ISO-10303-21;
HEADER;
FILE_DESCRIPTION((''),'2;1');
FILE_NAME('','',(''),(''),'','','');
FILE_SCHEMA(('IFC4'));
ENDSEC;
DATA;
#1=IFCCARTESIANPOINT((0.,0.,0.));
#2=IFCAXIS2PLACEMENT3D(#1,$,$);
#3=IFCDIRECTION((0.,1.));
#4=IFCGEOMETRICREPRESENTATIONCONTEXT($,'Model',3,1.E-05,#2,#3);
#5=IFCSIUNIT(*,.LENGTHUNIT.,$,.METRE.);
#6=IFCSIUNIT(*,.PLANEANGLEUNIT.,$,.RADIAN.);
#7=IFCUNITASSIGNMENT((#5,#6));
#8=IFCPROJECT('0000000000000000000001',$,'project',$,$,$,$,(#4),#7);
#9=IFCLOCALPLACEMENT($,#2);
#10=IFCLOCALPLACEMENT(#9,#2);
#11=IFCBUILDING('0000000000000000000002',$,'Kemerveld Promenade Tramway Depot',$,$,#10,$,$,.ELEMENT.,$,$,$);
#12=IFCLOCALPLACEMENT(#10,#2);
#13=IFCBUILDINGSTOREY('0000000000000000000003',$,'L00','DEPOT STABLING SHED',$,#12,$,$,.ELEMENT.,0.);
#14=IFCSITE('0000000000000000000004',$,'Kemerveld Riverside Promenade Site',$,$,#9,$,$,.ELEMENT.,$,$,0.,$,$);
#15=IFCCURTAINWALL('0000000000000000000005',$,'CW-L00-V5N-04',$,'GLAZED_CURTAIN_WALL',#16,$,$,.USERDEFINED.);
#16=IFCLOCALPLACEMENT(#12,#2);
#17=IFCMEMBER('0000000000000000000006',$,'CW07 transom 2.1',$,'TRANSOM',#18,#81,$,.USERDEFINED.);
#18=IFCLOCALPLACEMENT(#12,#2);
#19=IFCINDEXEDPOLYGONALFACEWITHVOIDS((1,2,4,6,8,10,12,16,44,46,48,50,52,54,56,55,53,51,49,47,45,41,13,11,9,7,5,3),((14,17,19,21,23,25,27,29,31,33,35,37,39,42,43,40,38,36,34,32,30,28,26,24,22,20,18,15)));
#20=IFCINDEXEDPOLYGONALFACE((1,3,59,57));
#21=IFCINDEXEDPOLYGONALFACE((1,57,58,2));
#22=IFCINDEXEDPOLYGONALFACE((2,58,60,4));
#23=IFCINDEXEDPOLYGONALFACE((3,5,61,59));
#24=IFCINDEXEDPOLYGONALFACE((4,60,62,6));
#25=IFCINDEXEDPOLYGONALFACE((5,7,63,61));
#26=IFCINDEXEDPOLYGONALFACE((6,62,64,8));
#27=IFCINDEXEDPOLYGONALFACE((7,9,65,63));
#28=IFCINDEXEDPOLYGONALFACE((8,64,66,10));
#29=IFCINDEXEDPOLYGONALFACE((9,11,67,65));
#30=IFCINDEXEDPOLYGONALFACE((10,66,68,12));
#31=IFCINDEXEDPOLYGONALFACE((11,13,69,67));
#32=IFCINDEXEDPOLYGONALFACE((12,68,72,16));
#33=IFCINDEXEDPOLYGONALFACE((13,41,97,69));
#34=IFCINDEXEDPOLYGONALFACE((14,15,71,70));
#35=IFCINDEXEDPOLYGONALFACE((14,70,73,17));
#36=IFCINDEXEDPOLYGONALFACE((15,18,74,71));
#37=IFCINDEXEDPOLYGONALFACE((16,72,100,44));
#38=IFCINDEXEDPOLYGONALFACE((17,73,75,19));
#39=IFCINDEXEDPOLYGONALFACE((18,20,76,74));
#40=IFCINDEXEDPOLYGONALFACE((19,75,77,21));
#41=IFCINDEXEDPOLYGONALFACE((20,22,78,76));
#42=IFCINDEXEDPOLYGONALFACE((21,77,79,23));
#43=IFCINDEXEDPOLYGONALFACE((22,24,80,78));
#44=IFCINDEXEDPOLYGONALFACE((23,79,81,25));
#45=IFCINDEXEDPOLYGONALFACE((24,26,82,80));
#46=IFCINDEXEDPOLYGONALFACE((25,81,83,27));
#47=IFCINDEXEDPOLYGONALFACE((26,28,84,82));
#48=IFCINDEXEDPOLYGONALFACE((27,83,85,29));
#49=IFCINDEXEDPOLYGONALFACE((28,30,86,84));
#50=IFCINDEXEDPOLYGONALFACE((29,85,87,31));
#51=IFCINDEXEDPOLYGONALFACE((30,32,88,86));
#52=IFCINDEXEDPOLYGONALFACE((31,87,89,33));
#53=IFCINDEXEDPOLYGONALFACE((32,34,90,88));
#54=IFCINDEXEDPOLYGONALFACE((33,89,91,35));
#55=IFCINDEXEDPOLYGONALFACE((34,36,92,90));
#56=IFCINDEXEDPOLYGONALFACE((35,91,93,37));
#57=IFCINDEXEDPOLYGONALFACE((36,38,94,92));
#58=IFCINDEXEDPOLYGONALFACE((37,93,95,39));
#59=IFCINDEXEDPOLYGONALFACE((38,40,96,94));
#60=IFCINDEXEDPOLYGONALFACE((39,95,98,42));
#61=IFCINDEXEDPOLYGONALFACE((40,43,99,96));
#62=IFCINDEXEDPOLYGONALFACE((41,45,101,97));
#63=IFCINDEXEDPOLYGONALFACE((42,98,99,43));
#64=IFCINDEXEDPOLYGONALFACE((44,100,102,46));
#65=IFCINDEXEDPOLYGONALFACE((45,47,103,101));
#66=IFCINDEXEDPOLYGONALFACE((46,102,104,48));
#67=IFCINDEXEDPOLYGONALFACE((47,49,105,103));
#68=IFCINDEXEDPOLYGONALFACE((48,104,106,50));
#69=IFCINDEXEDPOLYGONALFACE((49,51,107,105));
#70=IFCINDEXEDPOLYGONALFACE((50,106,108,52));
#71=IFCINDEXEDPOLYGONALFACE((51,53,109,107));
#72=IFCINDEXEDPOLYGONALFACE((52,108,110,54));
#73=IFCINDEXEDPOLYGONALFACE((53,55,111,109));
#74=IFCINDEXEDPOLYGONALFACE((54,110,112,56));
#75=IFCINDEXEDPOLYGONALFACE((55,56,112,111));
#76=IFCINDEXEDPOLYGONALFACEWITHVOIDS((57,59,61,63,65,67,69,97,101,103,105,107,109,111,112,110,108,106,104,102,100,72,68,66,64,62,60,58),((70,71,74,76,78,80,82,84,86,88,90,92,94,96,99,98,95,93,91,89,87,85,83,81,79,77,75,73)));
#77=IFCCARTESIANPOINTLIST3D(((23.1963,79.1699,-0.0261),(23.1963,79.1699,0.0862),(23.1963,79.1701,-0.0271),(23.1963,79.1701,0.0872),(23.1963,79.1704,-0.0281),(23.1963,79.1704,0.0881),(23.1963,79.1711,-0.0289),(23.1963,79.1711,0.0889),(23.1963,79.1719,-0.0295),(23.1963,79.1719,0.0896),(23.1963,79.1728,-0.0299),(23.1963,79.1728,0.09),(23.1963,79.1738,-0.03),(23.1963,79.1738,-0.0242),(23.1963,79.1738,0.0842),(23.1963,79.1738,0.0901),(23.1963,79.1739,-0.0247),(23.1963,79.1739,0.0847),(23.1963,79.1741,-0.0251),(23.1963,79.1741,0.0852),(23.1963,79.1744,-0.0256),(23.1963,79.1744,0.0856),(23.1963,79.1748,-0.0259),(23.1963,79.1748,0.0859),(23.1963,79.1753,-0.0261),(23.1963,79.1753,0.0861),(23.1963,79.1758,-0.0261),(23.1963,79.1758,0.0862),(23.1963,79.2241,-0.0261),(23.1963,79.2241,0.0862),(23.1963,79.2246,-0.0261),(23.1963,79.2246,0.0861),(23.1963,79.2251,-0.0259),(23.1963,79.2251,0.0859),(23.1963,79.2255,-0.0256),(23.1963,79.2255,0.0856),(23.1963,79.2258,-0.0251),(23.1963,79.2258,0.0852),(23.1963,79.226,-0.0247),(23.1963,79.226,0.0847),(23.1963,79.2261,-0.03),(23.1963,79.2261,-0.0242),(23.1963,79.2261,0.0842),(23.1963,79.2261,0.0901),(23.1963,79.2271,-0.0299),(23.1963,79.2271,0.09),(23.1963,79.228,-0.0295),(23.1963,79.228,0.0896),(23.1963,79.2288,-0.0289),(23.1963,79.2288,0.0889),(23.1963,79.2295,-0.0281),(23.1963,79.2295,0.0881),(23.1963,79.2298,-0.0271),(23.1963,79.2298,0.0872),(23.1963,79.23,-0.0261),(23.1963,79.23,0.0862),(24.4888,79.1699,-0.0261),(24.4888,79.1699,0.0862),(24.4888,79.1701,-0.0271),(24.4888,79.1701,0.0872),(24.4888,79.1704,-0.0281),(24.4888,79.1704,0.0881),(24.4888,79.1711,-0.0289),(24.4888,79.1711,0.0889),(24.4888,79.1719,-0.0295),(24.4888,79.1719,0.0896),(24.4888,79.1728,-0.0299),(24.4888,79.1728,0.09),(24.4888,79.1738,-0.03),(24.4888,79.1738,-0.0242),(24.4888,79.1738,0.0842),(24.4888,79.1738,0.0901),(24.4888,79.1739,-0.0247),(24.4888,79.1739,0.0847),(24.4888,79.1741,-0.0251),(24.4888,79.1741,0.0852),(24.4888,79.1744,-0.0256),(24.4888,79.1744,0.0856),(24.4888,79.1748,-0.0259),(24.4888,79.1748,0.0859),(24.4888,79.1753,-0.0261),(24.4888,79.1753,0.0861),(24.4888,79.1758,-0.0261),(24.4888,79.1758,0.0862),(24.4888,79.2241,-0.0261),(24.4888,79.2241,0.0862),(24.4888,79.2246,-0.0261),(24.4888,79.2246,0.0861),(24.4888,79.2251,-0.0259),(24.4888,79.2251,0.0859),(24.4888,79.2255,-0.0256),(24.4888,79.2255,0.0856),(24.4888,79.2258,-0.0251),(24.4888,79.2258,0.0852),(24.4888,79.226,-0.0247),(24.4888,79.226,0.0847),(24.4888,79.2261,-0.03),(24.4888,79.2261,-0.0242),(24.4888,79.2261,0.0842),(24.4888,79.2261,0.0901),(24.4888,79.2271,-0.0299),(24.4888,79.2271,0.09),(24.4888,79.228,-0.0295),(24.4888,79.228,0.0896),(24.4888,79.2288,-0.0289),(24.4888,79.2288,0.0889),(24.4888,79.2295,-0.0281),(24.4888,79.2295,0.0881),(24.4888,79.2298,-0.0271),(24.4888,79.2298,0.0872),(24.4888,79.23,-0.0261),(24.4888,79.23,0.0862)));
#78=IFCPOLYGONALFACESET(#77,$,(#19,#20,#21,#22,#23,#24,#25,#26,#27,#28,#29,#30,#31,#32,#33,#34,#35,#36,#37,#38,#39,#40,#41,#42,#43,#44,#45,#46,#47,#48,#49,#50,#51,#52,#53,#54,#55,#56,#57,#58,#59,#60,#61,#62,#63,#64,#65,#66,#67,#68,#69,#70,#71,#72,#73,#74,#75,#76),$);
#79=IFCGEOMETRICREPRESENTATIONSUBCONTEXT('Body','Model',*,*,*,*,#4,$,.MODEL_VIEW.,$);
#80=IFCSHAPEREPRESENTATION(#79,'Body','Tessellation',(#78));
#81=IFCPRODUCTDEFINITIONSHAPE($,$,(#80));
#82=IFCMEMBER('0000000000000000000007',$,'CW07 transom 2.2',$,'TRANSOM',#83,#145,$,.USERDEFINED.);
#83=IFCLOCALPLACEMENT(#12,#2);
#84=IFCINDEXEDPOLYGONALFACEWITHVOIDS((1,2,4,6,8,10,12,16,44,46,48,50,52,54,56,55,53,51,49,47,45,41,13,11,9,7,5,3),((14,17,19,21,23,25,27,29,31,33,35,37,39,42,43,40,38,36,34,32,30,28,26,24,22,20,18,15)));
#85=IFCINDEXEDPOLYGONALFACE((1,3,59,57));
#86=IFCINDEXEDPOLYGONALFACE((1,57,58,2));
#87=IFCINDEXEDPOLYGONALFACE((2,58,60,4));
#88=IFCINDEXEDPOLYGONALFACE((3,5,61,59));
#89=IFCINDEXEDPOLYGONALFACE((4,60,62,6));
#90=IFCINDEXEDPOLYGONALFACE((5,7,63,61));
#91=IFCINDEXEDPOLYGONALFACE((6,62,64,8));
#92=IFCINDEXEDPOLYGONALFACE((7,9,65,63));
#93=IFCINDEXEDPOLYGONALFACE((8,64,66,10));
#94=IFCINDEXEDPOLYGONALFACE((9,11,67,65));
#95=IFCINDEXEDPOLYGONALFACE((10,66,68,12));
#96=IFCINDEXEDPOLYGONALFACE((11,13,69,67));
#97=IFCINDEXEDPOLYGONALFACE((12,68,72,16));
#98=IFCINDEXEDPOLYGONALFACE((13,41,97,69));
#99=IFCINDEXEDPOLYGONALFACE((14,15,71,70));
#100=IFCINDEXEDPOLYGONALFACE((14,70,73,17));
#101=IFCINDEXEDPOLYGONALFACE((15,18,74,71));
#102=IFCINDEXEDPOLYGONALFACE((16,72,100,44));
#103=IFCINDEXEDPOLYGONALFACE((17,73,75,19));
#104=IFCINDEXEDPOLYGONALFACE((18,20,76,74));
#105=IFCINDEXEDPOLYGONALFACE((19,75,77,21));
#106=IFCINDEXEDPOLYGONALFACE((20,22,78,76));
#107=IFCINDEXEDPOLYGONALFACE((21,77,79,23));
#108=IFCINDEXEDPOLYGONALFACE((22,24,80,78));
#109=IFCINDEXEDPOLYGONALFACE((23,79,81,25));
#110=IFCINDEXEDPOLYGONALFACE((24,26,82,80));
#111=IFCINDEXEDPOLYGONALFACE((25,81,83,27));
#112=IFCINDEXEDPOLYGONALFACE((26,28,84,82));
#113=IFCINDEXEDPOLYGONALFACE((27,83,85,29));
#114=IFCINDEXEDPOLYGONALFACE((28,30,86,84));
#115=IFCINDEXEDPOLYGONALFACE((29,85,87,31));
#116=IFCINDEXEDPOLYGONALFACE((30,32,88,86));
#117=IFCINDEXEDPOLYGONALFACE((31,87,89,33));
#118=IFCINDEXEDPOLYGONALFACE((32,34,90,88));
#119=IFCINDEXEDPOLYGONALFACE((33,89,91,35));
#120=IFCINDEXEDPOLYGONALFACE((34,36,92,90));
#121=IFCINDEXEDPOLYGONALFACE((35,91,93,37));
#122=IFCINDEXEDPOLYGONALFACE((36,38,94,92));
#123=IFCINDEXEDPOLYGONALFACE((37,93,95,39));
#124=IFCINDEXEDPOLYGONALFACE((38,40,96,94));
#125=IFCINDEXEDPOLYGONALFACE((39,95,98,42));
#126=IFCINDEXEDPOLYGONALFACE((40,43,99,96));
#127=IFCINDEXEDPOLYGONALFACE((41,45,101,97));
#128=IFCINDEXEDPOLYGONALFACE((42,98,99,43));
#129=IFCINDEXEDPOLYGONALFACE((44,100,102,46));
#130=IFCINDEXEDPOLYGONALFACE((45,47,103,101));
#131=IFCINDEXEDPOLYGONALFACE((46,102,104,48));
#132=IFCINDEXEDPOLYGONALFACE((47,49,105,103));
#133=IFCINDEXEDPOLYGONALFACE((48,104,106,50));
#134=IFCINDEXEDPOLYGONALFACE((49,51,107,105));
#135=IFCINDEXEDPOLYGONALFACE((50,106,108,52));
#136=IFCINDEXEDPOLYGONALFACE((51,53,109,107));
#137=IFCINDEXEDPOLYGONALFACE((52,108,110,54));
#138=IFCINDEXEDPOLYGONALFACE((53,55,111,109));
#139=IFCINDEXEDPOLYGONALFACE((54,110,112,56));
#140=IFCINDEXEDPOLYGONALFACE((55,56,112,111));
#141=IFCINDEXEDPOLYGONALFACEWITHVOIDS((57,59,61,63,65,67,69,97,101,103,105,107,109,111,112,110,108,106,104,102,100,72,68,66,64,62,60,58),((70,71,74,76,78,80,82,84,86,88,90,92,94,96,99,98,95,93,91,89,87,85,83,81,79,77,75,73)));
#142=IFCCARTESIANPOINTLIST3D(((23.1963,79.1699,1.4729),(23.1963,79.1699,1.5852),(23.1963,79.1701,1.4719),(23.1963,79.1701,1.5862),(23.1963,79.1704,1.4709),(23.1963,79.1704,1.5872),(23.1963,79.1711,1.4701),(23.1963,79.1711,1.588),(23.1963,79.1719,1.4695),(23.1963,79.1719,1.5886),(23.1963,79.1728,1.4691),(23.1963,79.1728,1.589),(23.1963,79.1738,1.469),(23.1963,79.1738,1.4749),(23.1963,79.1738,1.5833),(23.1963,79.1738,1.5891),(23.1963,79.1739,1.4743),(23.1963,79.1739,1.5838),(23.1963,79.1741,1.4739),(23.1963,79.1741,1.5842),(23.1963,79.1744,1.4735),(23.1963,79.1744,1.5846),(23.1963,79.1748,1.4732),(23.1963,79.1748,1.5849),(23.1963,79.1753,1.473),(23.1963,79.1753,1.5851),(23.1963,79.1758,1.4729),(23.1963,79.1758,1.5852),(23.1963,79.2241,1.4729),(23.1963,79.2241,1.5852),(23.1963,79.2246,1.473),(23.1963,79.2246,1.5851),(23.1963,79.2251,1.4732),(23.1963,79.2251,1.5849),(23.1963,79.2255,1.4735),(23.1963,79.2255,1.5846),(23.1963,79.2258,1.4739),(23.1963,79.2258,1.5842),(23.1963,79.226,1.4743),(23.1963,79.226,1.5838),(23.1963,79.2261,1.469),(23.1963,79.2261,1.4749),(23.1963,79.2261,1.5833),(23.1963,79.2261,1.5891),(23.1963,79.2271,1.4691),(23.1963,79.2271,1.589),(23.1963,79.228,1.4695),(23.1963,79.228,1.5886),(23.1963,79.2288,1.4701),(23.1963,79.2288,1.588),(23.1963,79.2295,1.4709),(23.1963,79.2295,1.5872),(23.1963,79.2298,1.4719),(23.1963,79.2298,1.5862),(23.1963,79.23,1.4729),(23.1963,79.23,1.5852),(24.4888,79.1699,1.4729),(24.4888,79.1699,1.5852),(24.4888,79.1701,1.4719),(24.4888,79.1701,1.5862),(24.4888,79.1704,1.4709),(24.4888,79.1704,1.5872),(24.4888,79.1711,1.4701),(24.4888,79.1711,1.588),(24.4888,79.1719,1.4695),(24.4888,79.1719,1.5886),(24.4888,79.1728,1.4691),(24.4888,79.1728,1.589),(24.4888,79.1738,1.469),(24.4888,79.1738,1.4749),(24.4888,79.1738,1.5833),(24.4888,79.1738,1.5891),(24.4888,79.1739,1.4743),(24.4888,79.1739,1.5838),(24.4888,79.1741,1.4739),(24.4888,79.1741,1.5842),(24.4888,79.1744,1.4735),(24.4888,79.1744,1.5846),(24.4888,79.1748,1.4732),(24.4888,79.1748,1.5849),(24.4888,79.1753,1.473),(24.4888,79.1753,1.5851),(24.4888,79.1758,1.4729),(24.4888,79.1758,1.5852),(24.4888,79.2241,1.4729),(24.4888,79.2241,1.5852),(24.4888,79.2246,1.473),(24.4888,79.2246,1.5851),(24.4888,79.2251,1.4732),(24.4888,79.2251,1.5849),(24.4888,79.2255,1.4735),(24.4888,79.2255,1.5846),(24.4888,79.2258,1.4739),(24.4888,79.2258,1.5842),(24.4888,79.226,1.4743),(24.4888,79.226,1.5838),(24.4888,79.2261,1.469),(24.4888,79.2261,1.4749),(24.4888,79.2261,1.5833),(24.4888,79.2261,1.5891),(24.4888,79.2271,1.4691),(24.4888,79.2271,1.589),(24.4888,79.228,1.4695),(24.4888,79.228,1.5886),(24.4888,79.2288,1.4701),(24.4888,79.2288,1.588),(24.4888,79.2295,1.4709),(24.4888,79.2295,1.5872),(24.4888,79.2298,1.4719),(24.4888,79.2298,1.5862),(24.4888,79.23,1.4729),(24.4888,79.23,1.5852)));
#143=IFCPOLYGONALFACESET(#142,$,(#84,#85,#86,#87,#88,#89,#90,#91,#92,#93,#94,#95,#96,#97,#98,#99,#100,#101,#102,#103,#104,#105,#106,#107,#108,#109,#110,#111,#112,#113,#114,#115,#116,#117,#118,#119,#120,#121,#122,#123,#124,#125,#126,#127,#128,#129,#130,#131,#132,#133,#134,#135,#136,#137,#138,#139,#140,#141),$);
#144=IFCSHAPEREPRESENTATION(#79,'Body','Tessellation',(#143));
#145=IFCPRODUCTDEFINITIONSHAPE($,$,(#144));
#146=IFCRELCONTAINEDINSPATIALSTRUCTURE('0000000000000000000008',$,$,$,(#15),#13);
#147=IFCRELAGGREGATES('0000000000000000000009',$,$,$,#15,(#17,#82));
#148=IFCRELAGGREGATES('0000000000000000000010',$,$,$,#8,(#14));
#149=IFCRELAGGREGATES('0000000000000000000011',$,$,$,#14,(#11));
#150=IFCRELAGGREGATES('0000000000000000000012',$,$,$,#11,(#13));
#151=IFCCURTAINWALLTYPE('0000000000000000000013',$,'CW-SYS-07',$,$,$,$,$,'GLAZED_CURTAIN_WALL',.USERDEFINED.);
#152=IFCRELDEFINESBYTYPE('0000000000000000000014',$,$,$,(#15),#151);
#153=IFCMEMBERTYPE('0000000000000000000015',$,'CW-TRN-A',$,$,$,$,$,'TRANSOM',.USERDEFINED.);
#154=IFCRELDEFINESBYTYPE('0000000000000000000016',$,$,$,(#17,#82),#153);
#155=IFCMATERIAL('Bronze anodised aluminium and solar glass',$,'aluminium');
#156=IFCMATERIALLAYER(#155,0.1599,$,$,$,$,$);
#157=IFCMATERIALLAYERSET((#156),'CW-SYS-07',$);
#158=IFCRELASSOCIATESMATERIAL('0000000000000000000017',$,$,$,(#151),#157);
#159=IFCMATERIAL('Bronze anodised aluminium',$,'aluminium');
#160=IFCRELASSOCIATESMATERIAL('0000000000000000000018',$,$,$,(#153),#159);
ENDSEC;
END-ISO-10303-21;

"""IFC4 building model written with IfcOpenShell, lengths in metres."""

from ifc_helpers import new_model, si_unit, direction, frame, origin, origin_2d, place, context, subcontext, project, spatial, hollow_rectangle, extrude, material, layer, layer_set, material_profile, profile_set, type_object, element, aggregate, save


model = new_model("IFC4")

# Units and contexts
model_context = context("Model", 3, precision=1e-05, world=origin(), true_north=direction((0.0, 1.0)))
body_context = subcontext(model_context, "Body", "Model", "MODEL_VIEW")
ifc_project = project(units=[si_unit("LENGTHUNIT", "METRE"), si_unit("PLANEANGLEUNIT", "RADIAN")], contexts=[model_context])

# Site, building, storey
site_placement = place(None, origin())
site = spatial("IfcSite", under=ifc_project, at=site_placement, Name="Kemerveld Riverside Promenade Site", CompositionType="ELEMENT", RefElevation=0.0)
building_placement = place(site_placement, origin())
building = spatial("IfcBuilding", under=site, at=building_placement, Name="Kemerveld Promenade Tramway Depot", CompositionType="ELEMENT")
storey_placement = place(building_placement, origin())
storey = spatial("IfcBuildingStorey", under=building, at=storey_placement, Name="L00", Description="DEPOT STABLING SHED", CompositionType="ELEMENT", Elevation=0.0)

# Curtain wall, members
ifc_material_1 = material(Name="Bronze anodised aluminium and solar glass", Category="aluminium")
ifc_layer_1 = layer(ifc_material_1, 0.1599)
ifc_layer_set_1 = layer_set([ifc_layer_1], Name="CW-SYS-07")
curtain_wall_type = type_object("IfcCurtainWallType", Name="CW-SYS-07", ElementType="GLAZED_CURTAIN_WALL", PredefinedType="USERDEFINED", material=ifc_layer_set_1)
curtain_wall_placement = place(storey_placement, origin())
curtain_wall = element("IfcCurtainWall", 1, at=curtain_wall_placement, inside=storey, type_object=curtain_wall_type, Name="CW-L00-V5N-04", ObjectType="GLAZED_CURTAIN_WALL", PredefinedType="USERDEFINED")
ifc_material_2 = material(Name="Bronze anodised aluminium", Category="aluminium")
ifc_material_profile_1 = material_profile(ifc_material_2, hollow_rectangle(XDim=0.0601, YDim=0.1201, WallThickness=0.0039, InnerFilletRadius=0.002, OuterFilletRadius=0.0039, at=origin_2d()), Name="CW-TRN-120x60")
ifc_profile_set_1 = profile_set([ifc_material_profile_1], Name="Bronze anodised aluminium")
member_type_1 = type_object("IfcMemberType", Name="CW-TRN-A", ElementType="TRANSOM", PredefinedType="USERDEFINED", material=ifc_profile_set_1)
member_1_placement = place(storey_placement, frame((23.1963, 79.2, 0.03), z_axis=(1.0, 0.0, 0.0), x_axis=(0.0, 1.0, 0.0)))
member_1 = element("IfcMember", 2, at=member_1_placement, type_object=member_type_1, Name="CW07 transom 2.1", ObjectType="TRANSOM", PredefinedType="USERDEFINED", context=body_context, shape_type="SweptSolid", body=[
    extrude(hollow_rectangle(XDim=0.0601, YDim=0.1201, WallThickness=0.0039, InnerFilletRadius=0.002, OuterFilletRadius=0.0039, at=origin_2d()), origin(), (0.0, 0.0, 1.0), 1.2925),
])
member_2_placement = place(storey_placement, frame((23.1963, 79.2, 1.5291), z_axis=(1.0, 0.0, 0.0), x_axis=(0.0, 1.0, 0.0)))
member_2 = element("IfcMember", 3, at=member_2_placement, type_object=member_type_1, Name="CW07 transom 2.2", ObjectType="TRANSOM", PredefinedType="USERDEFINED", context=body_context, shape_type="SweptSolid", body=[
    extrude(hollow_rectangle(XDim=0.0601, YDim=0.1201, WallThickness=0.0039, InnerFilletRadius=0.002, OuterFilletRadius=0.0039, at=origin_2d()), origin(), (0.0, 0.0, 1.0), 1.2925),
])
aggregate(curtain_wall, [member_1, member_2])

save(model, "model.ifc")
